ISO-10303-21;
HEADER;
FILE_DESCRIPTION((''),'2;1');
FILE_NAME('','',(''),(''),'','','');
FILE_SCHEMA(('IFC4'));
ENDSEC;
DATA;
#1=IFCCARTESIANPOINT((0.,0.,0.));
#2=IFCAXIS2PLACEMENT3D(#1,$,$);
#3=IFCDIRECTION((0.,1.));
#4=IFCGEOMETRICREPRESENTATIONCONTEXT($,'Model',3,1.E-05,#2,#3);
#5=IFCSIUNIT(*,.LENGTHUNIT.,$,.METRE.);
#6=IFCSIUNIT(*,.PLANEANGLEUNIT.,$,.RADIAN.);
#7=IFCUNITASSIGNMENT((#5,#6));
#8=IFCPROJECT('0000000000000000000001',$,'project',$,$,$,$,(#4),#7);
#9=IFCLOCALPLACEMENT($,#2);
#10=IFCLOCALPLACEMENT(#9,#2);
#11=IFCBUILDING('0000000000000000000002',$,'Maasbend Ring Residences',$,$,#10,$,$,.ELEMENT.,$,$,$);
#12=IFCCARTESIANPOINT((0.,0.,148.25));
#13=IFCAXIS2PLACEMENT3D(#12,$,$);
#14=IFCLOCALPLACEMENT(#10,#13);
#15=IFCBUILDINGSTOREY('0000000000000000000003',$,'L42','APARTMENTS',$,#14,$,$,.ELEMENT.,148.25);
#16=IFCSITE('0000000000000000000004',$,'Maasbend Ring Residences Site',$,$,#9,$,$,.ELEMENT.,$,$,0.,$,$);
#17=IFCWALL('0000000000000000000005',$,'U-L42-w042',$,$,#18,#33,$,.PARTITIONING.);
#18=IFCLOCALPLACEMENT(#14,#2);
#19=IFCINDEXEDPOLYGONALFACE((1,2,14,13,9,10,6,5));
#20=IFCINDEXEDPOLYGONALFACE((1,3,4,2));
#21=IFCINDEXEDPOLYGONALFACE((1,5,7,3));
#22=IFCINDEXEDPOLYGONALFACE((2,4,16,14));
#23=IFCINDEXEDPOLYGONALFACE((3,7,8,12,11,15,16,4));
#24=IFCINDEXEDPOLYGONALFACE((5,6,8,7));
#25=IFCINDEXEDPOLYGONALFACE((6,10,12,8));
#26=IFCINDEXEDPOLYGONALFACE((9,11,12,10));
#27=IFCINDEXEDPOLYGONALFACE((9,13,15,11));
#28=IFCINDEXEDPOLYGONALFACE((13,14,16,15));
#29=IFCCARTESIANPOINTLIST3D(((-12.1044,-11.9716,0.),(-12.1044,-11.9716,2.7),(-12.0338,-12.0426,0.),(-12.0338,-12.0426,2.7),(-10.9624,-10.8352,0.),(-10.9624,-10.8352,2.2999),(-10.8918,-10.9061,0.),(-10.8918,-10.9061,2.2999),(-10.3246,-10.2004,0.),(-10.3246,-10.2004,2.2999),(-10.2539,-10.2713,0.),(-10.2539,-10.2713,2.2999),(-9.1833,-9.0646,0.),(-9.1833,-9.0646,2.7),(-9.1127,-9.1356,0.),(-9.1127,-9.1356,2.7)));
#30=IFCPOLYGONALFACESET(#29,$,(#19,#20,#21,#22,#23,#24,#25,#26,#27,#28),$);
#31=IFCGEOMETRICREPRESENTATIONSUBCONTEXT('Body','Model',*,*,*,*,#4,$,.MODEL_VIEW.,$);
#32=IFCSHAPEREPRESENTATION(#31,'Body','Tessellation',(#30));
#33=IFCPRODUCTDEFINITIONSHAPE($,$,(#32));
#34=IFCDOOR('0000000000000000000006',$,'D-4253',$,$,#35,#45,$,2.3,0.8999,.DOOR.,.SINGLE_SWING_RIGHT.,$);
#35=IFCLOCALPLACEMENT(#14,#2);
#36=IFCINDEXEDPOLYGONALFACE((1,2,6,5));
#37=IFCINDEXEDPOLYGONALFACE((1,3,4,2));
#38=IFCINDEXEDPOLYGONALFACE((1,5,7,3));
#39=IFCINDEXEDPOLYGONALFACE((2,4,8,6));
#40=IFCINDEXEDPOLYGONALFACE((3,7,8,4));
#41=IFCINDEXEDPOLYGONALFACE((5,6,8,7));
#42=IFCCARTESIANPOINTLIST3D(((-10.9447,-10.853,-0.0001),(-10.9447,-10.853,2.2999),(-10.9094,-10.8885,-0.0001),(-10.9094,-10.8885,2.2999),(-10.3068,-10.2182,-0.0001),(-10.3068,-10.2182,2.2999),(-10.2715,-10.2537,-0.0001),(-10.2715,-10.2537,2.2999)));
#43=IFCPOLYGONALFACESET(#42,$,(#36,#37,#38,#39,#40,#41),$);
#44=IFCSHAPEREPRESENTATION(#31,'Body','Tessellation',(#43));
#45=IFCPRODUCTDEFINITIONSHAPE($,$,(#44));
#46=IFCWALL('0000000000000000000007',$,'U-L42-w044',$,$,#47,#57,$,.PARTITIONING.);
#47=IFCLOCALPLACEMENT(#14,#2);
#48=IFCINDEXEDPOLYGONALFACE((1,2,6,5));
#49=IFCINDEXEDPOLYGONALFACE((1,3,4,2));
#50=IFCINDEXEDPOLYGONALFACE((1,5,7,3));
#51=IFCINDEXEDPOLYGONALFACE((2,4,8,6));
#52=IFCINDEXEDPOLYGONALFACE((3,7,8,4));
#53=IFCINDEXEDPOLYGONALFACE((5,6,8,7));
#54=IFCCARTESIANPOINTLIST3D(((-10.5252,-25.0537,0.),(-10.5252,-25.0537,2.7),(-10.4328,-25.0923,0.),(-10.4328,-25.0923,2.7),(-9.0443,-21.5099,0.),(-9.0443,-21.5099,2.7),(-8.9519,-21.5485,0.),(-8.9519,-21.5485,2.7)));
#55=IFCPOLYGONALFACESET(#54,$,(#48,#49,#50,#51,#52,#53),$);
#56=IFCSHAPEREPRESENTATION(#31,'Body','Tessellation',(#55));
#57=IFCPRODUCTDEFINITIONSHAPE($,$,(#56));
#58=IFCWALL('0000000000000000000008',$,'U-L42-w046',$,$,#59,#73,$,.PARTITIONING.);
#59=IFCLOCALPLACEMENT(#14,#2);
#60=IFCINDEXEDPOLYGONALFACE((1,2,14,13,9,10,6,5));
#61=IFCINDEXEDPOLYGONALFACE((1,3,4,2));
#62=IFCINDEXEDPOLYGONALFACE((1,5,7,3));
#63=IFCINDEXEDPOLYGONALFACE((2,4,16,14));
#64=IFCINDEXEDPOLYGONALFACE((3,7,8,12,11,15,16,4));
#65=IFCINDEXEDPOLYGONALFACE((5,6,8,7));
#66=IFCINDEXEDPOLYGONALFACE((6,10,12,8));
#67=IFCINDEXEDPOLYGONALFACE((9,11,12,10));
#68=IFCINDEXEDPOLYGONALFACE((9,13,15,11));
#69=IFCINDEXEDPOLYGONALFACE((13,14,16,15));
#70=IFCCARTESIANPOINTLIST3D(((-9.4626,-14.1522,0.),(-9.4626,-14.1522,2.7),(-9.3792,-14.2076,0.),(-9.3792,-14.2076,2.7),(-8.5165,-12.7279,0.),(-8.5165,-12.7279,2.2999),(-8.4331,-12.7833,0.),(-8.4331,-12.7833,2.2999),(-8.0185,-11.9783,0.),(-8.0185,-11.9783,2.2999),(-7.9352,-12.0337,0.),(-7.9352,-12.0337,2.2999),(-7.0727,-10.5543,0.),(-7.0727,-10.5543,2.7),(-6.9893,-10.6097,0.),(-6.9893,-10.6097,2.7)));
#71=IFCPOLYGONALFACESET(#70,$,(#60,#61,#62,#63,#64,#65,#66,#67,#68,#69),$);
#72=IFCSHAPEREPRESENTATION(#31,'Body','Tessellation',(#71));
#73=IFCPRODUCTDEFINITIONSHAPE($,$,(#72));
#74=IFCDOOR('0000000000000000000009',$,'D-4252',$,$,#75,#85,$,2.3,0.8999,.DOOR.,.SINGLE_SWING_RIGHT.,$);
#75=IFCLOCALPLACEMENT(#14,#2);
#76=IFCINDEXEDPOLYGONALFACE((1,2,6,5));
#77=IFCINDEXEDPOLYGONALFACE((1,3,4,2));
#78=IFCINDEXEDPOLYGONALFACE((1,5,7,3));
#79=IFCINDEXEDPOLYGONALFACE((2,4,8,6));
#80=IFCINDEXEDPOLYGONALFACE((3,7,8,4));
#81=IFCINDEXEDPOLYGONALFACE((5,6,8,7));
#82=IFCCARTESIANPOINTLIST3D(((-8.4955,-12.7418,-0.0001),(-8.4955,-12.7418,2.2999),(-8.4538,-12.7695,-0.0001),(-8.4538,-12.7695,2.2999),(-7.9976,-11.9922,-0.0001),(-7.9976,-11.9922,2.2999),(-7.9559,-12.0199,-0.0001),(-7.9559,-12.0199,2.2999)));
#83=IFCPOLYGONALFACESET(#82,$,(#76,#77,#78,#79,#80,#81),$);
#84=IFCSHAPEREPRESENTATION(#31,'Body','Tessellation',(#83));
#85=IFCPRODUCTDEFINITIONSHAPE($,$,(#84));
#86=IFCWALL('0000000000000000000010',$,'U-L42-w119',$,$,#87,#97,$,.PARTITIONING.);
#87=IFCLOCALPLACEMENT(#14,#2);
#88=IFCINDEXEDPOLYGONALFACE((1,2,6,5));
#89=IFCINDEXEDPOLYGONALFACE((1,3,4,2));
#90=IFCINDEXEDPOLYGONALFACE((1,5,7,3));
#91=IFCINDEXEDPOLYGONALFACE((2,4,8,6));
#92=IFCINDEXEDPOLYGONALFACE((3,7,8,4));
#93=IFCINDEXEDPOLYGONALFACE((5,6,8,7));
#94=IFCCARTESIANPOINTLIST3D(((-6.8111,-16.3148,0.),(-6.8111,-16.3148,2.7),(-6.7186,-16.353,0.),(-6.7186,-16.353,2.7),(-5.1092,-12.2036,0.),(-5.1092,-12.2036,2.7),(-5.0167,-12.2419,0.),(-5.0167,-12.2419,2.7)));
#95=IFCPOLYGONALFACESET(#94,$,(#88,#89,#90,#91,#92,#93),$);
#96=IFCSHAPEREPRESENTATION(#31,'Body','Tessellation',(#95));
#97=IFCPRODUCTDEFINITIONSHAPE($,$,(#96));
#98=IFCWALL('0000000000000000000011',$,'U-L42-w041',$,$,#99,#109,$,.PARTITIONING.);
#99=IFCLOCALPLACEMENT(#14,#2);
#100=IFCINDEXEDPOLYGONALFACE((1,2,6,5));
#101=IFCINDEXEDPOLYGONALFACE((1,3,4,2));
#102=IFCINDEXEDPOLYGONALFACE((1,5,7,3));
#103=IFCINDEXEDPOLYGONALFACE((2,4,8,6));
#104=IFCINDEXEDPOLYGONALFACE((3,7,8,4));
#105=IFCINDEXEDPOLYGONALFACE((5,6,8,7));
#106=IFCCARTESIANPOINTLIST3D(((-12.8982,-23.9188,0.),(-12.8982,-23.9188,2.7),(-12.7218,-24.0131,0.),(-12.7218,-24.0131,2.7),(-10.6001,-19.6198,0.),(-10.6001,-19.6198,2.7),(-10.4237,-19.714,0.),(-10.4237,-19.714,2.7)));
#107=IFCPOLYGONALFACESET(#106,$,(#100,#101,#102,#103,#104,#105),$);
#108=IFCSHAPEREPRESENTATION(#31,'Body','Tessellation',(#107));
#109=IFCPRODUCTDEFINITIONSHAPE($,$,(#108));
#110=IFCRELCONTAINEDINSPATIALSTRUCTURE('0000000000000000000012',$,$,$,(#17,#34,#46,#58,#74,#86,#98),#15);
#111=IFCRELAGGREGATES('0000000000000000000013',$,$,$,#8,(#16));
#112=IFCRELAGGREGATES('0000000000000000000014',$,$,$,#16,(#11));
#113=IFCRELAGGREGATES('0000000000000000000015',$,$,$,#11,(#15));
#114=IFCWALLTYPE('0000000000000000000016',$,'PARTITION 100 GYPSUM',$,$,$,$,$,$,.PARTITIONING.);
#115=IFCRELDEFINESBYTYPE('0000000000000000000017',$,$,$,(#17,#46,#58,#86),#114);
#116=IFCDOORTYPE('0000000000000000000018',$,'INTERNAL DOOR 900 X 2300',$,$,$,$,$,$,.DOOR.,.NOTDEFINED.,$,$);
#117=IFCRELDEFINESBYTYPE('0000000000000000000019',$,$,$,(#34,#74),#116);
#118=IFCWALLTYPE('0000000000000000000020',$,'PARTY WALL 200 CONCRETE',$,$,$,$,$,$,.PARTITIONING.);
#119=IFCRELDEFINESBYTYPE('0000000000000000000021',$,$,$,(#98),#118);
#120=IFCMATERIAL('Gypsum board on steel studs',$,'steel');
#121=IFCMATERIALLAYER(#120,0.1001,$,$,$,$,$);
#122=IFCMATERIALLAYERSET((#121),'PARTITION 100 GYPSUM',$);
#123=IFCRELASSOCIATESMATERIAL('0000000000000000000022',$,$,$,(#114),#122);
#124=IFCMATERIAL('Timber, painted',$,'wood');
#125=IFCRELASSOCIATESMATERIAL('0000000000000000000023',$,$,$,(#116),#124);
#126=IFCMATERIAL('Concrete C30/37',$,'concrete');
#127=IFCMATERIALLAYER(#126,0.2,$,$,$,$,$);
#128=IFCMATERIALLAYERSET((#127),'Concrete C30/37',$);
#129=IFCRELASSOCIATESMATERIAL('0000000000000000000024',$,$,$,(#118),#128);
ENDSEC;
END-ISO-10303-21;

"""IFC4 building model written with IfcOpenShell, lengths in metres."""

from ifc_helpers import new_model, si_unit, direction, frame, frame_2d, origin, place, context, subcontext, project, spatial, rectangle, extrude, material, layer, layer_set, type_object, element, fill, save


model = new_model("IFC4")

# Units and contexts
model_context = context("Model", 3, precision=1e-05, world=origin(), true_north=direction((0.0, 1.0)))
body_context = subcontext(model_context, "Body", "Model", "MODEL_VIEW")
ifc_project = project(units=[si_unit("LENGTHUNIT", "METRE"), si_unit("PLANEANGLEUNIT", "RADIAN")], contexts=[model_context])

# Site, building, storey
site_placement = place(None, origin())
site = spatial("IfcSite", under=ifc_project, at=site_placement, Name="Maasbend Ring Residences Site", CompositionType="ELEMENT", RefElevation=0.0)
building_placement = place(site_placement, origin())
building = spatial("IfcBuilding", under=site, at=building_placement, Name="Maasbend Ring Residences", CompositionType="ELEMENT")
storey_placement = place(building_placement, frame((0.0, 0.0, 148.25)))
storey = spatial("IfcBuildingStorey", under=building, at=storey_placement, Name="L42", Description="APARTMENTS", CompositionType="ELEMENT", Elevation=148.25)

# Shared definitions
ifc_material_1 = material(Name="Gypsum board on steel studs", Category="steel")
ifc_layer_1 = layer(ifc_material_1, 0.1001)
ifc_layer_set_1 = layer_set([ifc_layer_1], Name="PARTITION 100 GYPSUM")
wall_type_1 = type_object("IfcWallType", Name="PARTITION 100 GYPSUM", PredefinedType="PARTITIONING", material=ifc_layer_set_1)
ifc_material_2 = material(Name="Timber, painted", Category="wood")
door_type_1 = type_object("IfcDoorType", Name="INTERNAL DOOR 900 X 2300", OperationType="NOTDEFINED", PredefinedType="DOOR", material=ifc_material_2)

# Wall, opening, door
wall_1_placement = place(storey_placement, frame((-12.0691, -12.0071, 0.0), z_axis=(0.0, 0.0, 1.0), x_axis=(0.708823, 0.705387, 0.0)))
wall_1 = element("IfcWall", 1, at=wall_1_placement, inside=storey, type_object=wall_type_1, Name="U-L42-w042", PredefinedType="PARTITIONING", context=body_context, shape_type="SweptSolid", body=[
    extrude(rectangle(XDim=4.1211, YDim=0.1001, at=frame_2d((2.0605, 0.0))), origin(), (0.0, 0.0, 1.0), 2.7),
])
opening_1_placement = place(wall_1_placement, frame((1.6111, 0.0, 0.0)))
opening_1 = element("IfcOpeningElement", 2, at=opening_1_placement, cuts=wall_1, PredefinedType="OPENING", context=body_context, shape_type="SweptSolid", body=[
    extrude(rectangle(XDim=0.8999, YDim=2.3, at=frame_2d((0.45, 1.1499))), frame((0.0, 0.0601, 0.0), z_axis=(0.0, -1.0, 0.0), x_axis=(1.0, 0.0, 0.0)), (0.0, 0.0, 1.0), 0.1201),
])
door_1_placement = place(opening_1_placement, origin())
door_1 = element("IfcDoor", 3, at=door_1_placement, inside=storey, type_object=door_type_1, Name="D-4253", OperationType="SINGLE_SWING_RIGHT", OverallHeight=2.3, OverallWidth=0.8999, PredefinedType="DOOR", context=body_context, shape_type="SweptSolid", body=[
    extrude(rectangle(XDim=0.8999, YDim=2.3, at=frame_2d((0.45, 1.1499))), frame((0.0, 0.0249, 0.0), z_axis=(0.0, -1.0, 0.0), x_axis=(1.0, 0.0, 0.0)), (0.0, 0.0, 1.0), 0.05),
])
fill(opening_1, door_1)

# Wall
wall_2_placement = place(storey_placement, frame((-10.479, -25.073, 0.0), z_axis=(0.0, 0.0, 1.0), x_axis=(0.385572, 0.922678, 0.0)))
element("IfcWall", 4, at=wall_2_placement, inside=storey, type_object=wall_type_1, Name="U-L42-w044", PredefinedType="PARTITIONING", context=body_context, shape_type="SweptSolid", body=[
    extrude(rectangle(XDim=3.8408, YDim=0.1001, at=frame_2d((1.9204, 0.0))), origin(), (0.0, 0.0, 1.0), 2.7),
])

# Wall, opening, door
wall_3_placement = place(storey_placement, frame((-9.4209, -14.1799, 0.0), z_axis=(0.0, 0.0, 1.0), x_axis=(0.553304, 0.83298, 0.0)))
wall_3 = element("IfcWall", 5, at=wall_3_placement, inside=storey, type_object=wall_type_1, Name="U-L42-w046", PredefinedType="PARTITIONING", context=body_context, shape_type="SweptSolid", body=[
    extrude(rectangle(XDim=4.3193, YDim=0.1001, at=frame_2d((2.1597, 0.0))), origin(), (0.0, 0.0, 1.0), 2.7),
])
opening_2_placement = place(wall_3_placement, frame((1.71, 0.0, 0.0)))
opening_2 = element("IfcOpeningElement", 6, at=opening_2_placement, cuts=wall_3, PredefinedType="OPENING", context=body_context, shape_type="SweptSolid", body=[
    extrude(rectangle(XDim=0.8999, YDim=2.3, at=frame_2d((0.45, 1.1499))), frame((0.0, 0.0601, 0.0), z_axis=(0.0, -1.0, 0.0), x_axis=(1.0, 0.0, 0.0)), (0.0, 0.0, 1.0), 0.1201),
])
door_2_placement = place(opening_2_placement, origin())
door_2 = element("IfcDoor", 7, at=door_2_placement, inside=storey, type_object=door_type_1, Name="D-4252", OperationType="SINGLE_SWING_RIGHT", OverallHeight=2.3, OverallWidth=0.8999, PredefinedType="DOOR", context=body_context, shape_type="SweptSolid", body=[
    extrude(rectangle(XDim=0.8999, YDim=2.3, at=frame_2d((0.45, 1.1499))), frame((0.0, 0.0249, 0.0), z_axis=(0.0, -1.0, 0.0), x_axis=(1.0, 0.0, 0.0)), (0.0, 0.0, 1.0), 0.05),
])
fill(opening_2, door_2)

# Walls
wall_4_placement = place(storey_placement, frame((-5.063, -12.2229, 0.0), z_axis=(0.0, 0.0, 1.0), x_axis=(-0.382499, -0.923956, 0.0)))
element("IfcWall", 8, at=wall_4_placement, inside=storey, type_object=wall_type_1, Name="U-L42-w119", PredefinedType="PARTITIONING", context=body_context, shape_type="SweptSolid", body=[
    extrude(rectangle(XDim=4.4495, YDim=0.1001, at=frame_2d((2.2246, 0.0))), origin(), (0.0, 0.0, 1.0), 2.7),
])
ifc_material_3 = material(Name="Concrete C30/37", Category="concrete")
ifc_layer_2 = layer(ifc_material_3, 0.2)
ifc_layer_set_2 = layer_set([ifc_layer_2], Name="Concrete C30/37")
wall_type_2 = type_object("IfcWallType", Name="PARTY WALL 200 CONCRETE", PredefinedType="PARTITIONING", material=ifc_layer_set_2)
wall_5_placement = place(storey_placement, frame((-12.8101, -23.9661, 0.0), z_axis=(0.0, 0.0, 1.0), x_axis=(0.471428, 0.881905, 0.0)))
element("IfcWall", 9, at=wall_5_placement, inside=storey, type_object=wall_type_2, Name="U-L42-w041", PredefinedType="PARTITIONING", context=body_context, shape_type="SweptSolid", body=[
    extrude(rectangle(XDim=4.8748, YDim=0.2, at=frame_2d((2.4375, 0.0))), origin(), (0.0, 0.0, 1.0), 2.7),
])

save(model, "model.ifc")
